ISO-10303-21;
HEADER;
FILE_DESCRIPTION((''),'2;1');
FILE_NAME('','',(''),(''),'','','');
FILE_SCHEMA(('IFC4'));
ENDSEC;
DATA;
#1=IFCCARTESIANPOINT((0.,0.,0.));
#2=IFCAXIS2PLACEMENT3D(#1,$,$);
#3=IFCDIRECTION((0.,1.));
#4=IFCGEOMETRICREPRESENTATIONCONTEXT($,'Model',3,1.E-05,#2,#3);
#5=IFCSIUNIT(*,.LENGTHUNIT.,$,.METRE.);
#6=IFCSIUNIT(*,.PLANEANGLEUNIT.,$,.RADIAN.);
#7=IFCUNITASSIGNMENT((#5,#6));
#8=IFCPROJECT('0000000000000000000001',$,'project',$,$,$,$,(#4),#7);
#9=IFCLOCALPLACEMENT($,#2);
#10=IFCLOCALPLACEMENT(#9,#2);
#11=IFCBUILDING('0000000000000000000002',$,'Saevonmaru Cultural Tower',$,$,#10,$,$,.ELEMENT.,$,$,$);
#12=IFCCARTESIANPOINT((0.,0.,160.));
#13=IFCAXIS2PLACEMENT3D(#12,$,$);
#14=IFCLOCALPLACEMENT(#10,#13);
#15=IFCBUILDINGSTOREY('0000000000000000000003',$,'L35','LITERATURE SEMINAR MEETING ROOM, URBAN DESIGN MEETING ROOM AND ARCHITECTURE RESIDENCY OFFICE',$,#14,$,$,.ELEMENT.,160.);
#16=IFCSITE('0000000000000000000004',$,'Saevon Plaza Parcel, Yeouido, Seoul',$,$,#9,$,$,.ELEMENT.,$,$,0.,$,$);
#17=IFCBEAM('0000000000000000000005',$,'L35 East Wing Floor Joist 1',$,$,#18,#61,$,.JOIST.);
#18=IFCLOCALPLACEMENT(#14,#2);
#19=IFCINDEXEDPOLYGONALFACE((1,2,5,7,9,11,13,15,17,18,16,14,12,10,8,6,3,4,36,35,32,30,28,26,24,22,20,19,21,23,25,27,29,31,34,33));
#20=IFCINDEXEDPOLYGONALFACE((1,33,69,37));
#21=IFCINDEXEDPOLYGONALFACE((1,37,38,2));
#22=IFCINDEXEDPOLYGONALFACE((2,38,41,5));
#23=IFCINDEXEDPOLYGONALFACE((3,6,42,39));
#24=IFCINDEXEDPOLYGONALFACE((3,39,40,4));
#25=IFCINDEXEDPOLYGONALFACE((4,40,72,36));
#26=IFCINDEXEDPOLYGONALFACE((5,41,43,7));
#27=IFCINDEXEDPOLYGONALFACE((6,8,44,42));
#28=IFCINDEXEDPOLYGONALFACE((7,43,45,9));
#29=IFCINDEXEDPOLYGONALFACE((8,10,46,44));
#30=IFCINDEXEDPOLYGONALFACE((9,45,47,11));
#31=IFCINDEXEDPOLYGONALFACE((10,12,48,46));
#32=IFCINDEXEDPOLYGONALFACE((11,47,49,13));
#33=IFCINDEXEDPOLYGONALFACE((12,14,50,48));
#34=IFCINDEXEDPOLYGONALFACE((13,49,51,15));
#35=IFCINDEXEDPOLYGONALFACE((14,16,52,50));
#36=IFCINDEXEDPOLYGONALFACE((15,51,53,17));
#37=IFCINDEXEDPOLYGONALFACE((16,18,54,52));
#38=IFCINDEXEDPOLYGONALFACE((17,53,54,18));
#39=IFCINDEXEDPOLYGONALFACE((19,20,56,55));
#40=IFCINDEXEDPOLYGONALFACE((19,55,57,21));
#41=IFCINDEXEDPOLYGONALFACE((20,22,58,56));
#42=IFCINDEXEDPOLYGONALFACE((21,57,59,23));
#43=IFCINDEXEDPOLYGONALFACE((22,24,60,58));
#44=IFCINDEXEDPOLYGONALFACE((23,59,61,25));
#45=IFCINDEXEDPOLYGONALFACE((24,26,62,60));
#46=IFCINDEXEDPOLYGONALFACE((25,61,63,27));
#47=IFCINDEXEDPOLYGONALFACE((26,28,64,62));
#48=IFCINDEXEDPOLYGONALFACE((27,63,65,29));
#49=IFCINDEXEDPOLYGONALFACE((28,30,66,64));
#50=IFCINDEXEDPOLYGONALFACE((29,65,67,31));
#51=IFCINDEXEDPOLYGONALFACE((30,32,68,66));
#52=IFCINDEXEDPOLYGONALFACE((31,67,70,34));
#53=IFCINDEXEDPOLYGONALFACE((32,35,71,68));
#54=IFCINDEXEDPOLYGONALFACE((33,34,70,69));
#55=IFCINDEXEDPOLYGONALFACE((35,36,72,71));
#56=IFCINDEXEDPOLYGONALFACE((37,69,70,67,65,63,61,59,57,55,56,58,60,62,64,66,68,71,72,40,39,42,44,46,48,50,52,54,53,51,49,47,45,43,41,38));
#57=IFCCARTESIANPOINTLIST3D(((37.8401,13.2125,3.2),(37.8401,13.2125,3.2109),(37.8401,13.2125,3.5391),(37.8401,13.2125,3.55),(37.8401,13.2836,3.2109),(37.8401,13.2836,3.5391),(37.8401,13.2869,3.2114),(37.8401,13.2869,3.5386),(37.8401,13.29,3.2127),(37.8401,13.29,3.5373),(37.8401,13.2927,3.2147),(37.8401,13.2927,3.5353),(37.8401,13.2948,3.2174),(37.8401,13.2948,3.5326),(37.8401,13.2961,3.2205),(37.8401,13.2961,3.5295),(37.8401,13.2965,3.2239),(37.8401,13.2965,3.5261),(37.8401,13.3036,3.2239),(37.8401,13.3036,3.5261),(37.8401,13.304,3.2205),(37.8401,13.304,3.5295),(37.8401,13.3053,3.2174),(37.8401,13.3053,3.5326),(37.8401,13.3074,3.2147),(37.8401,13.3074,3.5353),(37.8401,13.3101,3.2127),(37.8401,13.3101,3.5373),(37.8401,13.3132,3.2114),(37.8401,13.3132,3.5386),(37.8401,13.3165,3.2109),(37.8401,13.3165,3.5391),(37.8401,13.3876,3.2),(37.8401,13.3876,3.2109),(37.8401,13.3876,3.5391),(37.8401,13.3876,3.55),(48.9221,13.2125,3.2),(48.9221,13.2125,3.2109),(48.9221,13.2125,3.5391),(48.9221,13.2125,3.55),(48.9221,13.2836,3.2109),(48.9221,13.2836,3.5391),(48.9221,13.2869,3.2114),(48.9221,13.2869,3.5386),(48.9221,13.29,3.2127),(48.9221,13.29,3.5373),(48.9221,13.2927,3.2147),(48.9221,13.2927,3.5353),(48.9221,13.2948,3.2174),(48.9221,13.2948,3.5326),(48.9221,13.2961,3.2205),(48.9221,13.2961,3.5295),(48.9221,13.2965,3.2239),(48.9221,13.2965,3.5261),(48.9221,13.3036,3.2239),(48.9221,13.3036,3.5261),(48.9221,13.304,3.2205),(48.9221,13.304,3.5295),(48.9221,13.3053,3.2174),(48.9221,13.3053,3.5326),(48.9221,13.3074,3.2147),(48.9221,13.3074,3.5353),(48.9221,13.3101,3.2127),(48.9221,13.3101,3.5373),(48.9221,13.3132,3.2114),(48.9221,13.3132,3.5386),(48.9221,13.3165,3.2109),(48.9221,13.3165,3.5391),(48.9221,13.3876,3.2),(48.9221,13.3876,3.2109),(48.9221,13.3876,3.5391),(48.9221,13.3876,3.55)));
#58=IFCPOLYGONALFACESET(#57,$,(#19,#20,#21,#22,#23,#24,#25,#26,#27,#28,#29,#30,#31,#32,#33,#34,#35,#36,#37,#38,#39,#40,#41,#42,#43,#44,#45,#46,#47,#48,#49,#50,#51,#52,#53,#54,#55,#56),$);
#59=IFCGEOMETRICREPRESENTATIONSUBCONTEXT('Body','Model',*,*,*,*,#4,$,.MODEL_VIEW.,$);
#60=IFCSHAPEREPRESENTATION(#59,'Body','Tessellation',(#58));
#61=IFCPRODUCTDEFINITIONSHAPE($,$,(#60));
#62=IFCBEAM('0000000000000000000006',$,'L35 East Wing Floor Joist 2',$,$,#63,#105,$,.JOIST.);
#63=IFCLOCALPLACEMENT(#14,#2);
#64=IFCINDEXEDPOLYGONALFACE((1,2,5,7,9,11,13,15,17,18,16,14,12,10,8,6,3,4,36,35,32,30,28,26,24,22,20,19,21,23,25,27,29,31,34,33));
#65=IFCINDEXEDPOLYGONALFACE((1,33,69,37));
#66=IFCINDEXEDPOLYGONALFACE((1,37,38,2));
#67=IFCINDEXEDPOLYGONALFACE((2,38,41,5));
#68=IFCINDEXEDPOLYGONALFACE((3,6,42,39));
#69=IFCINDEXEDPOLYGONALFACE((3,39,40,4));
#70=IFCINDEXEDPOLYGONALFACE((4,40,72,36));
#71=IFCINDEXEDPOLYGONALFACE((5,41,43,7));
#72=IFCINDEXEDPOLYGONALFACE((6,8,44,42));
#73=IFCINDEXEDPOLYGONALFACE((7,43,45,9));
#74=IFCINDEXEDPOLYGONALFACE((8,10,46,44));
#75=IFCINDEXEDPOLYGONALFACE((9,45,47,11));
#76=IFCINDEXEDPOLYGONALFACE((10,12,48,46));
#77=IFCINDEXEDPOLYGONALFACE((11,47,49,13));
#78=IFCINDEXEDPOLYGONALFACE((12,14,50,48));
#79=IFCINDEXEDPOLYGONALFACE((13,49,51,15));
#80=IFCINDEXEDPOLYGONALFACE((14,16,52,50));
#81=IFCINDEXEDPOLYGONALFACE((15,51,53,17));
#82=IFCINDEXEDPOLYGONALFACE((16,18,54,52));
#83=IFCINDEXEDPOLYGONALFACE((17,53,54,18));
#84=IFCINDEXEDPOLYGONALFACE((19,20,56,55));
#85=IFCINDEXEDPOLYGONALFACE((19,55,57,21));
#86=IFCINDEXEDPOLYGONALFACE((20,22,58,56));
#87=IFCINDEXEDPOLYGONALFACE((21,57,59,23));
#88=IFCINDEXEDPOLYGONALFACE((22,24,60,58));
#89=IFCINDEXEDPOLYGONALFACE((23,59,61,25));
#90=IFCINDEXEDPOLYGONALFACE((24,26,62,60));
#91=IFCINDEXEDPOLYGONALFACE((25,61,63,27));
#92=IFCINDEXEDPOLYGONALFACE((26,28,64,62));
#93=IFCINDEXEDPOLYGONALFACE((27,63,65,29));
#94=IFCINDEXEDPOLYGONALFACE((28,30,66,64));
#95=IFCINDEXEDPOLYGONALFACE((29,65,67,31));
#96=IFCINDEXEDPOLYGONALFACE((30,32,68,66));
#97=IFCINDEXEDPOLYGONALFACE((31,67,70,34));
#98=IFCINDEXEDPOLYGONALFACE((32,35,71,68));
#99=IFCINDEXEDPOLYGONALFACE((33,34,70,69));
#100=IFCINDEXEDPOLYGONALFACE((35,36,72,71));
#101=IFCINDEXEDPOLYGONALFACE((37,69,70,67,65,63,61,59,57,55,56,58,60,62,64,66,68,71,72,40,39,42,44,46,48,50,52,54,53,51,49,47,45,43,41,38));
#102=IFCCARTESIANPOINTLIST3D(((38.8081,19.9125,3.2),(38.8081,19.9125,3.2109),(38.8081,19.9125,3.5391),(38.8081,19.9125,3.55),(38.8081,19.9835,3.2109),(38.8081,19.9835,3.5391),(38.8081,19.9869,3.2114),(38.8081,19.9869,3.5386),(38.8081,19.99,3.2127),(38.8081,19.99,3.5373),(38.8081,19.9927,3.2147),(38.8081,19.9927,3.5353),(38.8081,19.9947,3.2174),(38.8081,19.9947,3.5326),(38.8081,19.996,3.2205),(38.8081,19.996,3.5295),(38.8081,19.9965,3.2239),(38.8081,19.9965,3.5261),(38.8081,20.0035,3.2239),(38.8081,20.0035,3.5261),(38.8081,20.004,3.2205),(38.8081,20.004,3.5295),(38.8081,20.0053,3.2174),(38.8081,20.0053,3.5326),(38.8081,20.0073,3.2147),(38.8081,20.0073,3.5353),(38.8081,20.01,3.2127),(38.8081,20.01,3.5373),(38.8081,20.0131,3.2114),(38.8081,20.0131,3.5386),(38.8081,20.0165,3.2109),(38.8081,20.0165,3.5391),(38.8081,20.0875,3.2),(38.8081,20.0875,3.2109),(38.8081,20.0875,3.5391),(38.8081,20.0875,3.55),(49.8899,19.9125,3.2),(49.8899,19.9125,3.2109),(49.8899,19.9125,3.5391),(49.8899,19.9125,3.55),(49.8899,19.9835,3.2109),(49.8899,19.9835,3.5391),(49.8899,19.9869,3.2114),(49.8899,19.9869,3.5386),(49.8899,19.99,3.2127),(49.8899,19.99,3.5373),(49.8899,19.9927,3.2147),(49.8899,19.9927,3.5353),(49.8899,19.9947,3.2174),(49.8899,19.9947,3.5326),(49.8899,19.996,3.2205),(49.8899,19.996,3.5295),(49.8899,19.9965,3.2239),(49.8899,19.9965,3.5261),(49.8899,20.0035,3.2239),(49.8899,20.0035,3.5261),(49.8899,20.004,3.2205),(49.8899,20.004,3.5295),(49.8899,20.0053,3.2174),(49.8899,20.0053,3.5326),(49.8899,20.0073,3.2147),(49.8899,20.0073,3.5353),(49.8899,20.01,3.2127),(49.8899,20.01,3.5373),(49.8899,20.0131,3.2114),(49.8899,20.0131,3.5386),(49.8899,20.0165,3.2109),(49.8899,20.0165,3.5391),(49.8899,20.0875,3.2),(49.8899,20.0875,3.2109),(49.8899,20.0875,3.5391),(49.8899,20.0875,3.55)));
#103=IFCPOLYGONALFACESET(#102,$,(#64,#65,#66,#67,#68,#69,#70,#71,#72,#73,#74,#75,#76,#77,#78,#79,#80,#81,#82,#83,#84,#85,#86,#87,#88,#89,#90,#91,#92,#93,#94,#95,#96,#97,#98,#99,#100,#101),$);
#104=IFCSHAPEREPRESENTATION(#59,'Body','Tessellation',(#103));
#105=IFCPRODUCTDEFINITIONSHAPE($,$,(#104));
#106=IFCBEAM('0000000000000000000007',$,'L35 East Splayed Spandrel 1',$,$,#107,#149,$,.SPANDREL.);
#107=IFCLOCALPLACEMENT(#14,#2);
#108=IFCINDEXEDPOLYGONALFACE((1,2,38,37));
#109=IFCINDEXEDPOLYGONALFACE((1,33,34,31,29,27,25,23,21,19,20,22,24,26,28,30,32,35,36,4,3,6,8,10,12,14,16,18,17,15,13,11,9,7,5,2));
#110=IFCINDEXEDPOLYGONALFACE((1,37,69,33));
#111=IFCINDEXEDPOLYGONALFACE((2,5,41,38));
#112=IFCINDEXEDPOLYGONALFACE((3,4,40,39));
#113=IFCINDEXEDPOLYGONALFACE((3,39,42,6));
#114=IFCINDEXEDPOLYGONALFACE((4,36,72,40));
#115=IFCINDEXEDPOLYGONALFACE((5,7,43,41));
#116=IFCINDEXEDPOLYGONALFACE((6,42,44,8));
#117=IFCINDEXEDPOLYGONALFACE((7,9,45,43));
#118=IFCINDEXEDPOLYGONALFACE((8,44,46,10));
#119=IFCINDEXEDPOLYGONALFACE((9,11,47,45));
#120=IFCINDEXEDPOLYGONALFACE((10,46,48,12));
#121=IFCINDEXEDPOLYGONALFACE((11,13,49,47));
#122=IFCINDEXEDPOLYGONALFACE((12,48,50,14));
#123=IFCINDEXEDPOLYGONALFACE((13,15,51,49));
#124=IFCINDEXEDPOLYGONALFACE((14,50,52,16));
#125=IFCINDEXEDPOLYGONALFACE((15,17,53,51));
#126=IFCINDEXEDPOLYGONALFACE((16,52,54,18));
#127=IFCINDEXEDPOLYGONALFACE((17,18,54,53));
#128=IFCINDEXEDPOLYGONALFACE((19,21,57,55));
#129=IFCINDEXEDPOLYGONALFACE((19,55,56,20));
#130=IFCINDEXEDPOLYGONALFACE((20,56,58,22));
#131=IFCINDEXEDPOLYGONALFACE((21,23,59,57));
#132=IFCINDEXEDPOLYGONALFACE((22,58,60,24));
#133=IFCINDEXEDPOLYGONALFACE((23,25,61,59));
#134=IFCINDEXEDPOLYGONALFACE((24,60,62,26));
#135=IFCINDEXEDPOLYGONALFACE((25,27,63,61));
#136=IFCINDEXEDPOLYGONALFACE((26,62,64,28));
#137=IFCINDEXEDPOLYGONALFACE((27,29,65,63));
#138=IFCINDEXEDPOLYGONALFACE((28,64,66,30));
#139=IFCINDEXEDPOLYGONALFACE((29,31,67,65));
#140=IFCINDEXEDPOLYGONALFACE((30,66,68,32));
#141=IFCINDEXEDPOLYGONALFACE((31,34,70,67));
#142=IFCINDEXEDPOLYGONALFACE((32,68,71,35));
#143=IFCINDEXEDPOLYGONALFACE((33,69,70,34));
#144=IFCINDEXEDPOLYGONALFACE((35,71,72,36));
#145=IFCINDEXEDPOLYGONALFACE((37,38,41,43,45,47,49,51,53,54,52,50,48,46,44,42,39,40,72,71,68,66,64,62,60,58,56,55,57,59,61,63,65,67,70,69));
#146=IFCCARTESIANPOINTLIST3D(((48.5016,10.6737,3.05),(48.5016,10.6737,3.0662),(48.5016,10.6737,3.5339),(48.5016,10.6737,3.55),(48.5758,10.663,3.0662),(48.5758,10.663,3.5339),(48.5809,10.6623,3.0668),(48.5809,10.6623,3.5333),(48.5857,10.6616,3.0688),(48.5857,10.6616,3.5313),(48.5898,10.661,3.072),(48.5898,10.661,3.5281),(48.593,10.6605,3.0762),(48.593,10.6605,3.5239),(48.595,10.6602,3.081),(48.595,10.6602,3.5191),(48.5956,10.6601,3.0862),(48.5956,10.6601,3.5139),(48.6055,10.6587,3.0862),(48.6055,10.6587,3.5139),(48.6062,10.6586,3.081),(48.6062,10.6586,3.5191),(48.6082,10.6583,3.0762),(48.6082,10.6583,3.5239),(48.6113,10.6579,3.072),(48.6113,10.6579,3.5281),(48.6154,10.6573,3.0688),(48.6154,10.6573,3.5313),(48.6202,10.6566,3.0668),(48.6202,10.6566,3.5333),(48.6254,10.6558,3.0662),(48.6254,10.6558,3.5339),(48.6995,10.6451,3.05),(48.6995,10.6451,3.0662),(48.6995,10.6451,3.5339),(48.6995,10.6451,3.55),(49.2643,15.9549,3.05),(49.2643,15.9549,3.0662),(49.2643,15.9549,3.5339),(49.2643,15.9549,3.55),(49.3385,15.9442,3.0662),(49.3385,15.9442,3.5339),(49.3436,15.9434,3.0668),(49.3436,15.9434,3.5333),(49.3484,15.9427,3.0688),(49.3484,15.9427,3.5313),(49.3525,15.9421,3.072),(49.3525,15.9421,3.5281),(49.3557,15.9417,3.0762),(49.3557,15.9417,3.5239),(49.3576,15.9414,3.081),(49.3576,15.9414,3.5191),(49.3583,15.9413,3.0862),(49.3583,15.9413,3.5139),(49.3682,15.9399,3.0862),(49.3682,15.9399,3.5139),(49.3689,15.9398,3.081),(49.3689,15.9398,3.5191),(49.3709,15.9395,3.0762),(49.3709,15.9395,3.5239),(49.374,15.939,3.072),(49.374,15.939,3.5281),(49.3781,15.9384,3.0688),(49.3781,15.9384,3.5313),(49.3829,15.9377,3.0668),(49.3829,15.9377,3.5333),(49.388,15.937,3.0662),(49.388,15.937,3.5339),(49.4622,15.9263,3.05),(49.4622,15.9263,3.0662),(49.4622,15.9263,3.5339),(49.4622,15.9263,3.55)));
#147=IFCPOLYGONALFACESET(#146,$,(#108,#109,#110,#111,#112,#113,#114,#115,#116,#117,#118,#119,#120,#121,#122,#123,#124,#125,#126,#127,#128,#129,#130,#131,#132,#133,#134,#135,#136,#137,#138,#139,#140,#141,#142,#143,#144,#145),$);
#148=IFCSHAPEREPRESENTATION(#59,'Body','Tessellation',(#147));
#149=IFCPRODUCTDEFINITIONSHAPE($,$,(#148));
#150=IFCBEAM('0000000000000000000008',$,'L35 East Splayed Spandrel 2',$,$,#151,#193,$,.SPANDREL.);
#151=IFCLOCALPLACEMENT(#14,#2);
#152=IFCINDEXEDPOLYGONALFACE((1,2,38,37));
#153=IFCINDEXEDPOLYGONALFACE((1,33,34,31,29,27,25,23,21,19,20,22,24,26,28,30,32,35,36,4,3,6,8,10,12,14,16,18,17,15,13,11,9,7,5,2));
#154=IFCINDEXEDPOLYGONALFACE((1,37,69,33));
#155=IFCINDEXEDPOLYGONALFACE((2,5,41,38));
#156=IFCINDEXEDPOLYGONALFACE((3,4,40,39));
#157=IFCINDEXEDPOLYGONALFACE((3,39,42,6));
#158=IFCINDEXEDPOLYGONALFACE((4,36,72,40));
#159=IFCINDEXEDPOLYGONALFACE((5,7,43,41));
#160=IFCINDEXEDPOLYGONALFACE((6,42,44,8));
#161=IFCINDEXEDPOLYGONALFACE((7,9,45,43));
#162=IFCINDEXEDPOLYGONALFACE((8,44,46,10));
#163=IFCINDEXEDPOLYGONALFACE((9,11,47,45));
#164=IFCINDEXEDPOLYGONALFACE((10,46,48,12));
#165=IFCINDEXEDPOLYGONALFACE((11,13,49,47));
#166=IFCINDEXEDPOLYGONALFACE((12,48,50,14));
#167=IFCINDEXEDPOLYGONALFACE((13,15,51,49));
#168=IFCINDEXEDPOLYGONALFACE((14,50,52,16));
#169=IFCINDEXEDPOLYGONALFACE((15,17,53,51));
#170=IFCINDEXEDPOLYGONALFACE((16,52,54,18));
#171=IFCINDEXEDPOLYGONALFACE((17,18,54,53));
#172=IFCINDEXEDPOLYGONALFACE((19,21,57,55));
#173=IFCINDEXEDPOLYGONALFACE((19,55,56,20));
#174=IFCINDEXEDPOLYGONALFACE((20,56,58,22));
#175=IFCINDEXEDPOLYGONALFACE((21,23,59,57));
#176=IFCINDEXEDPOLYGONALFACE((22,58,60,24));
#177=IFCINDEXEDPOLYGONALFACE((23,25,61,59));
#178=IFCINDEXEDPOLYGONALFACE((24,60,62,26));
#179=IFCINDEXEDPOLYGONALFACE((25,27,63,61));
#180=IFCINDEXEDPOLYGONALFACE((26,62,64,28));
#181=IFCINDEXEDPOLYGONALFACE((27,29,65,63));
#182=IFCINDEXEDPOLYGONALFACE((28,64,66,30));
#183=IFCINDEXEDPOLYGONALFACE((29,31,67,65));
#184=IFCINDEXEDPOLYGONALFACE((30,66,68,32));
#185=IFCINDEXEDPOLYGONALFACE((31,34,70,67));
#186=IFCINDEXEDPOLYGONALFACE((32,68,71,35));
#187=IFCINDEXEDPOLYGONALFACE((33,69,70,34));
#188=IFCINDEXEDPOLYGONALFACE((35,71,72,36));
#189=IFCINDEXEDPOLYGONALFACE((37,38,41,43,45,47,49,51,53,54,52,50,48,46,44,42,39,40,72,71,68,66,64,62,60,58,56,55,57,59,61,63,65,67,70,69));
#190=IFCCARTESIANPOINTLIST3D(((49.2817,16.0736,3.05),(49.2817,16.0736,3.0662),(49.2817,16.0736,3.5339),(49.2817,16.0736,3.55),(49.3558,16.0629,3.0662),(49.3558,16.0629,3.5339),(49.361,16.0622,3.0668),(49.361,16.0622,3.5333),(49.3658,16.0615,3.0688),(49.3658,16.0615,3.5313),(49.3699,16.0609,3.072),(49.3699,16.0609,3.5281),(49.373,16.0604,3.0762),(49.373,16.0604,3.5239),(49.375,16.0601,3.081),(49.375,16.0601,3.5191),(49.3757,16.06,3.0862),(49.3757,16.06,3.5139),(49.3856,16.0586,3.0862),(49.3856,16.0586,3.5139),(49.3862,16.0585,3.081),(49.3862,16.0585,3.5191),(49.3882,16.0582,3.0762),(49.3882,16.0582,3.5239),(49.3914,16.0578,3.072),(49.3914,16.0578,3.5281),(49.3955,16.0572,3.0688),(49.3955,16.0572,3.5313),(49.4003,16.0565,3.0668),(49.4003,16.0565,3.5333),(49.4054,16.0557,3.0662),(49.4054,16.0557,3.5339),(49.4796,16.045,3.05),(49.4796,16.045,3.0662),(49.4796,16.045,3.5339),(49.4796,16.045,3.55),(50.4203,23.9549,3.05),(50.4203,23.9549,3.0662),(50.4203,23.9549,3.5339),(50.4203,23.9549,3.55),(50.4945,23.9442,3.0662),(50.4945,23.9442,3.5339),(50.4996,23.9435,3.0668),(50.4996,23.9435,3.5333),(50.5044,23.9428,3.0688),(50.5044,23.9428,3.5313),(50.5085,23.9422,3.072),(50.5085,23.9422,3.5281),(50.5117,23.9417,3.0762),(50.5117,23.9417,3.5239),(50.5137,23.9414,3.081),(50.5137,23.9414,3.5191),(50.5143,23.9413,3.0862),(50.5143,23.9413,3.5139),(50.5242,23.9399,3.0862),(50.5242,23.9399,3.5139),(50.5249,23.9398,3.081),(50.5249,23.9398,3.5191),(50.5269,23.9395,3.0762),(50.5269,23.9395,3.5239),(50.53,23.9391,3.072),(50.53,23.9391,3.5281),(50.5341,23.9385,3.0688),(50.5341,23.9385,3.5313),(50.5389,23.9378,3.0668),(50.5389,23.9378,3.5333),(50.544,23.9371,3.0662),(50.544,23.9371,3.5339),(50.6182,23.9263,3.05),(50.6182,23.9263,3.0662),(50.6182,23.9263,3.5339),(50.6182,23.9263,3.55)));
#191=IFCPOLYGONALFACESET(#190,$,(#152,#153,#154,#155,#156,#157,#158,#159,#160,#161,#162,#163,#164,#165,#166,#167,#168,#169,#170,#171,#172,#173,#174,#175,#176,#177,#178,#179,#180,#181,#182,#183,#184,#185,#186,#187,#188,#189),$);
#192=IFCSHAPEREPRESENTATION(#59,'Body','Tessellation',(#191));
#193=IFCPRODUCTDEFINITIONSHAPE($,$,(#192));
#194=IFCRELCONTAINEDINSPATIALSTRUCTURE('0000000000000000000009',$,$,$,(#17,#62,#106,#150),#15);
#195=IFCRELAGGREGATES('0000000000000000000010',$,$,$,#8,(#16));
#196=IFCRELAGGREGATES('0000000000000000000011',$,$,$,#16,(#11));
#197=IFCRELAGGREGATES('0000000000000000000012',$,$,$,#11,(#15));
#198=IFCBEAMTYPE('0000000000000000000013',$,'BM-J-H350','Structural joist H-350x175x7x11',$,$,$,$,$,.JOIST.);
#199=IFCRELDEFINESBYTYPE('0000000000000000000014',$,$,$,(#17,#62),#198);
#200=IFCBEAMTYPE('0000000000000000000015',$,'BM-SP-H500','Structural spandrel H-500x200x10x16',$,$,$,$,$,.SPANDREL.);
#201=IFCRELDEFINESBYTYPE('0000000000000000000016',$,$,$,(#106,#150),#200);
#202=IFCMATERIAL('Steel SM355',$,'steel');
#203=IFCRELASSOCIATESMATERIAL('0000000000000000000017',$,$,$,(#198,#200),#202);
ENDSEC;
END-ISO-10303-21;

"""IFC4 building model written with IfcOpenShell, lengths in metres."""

from ifc_helpers import new_model, si_unit, direction, frame, origin, origin_2d, place, context, subcontext, project, spatial, i_section, extrude, material, material_profile, profile_set, type_object, element, save


model = new_model("IFC4")

# Units and contexts
model_context = context("Model", 3, precision=1e-05, world=origin(), true_north=direction((0.0, 1.0)))
body_context = subcontext(model_context, "Body", "Model", "MODEL_VIEW")
ifc_project = project(units=[si_unit("LENGTHUNIT", "METRE"), si_unit("PLANEANGLEUNIT", "RADIAN")], contexts=[model_context])

# Site, building, storey
site_placement = place(None, origin())
site = spatial("IfcSite", under=ifc_project, at=site_placement, Name="Saevon Plaza Parcel, Yeouido, Seoul", CompositionType="ELEMENT", RefElevation=0.0)
building_placement = place(site_placement, origin())
building = spatial("IfcBuilding", under=site, at=building_placement, Name="Saevonmaru Cultural Tower", CompositionType="ELEMENT")
storey_placement = place(building_placement, frame((0.0, 0.0, 160.0)))
storey = spatial("IfcBuildingStorey", under=building, at=storey_placement, Name="L35", Description="LITERATURE SEMINAR MEETING ROOM, URBAN DESIGN MEETING ROOM AND ARCHITECTURE RESIDENCY OFFICE", CompositionType="ELEMENT", Elevation=160.0)

# Shared definitions
ifc_material_1 = material(Name="Steel SM355", Category="steel")

# Beams
ifc_material_profile_1 = material_profile(ifc_material_1, i_section(OverallWidth=0.175, OverallDepth=0.3501, WebThickness=0.0071, FlangeThickness=0.011, FilletRadius=0.0129, at=origin_2d()), Name="H-350x175x7x11")
ifc_profile_set_1 = profile_set([ifc_material_profile_1], Name="Steel SM355")
beam_type_1 = type_object("IfcBeamType", Name="BM-J-H350", Description="Structural joist H-350x175x7x11", PredefinedType="JOIST", material=ifc_profile_set_1)
beam_1_placement = place(storey_placement, frame((37.8401, 13.3, 3.375), z_axis=(1.0, 0.0, 0.0), x_axis=(0.0, 1.0, 0.0)))
element("IfcBeam", 1, at=beam_1_placement, inside=storey, type_object=beam_type_1, Name="L35 East Wing Floor Joist 1", PredefinedType="JOIST", context=body_context, shape_type="SweptSolid", body=[
    extrude(i_section(OverallWidth=0.175, OverallDepth=0.3501, WebThickness=0.0071, FlangeThickness=0.011, FilletRadius=0.0129, at=origin_2d()), origin(), (0.0, 0.0, 1.0), 11.082),
])
beam_2_placement = place(storey_placement, frame((38.8081, 20.0, 3.375), z_axis=(1.0, 0.0, 0.0), x_axis=(0.0, 1.0, 0.0)))
element("IfcBeam", 2, at=beam_2_placement, inside=storey, type_object=beam_type_1, Name="L35 East Wing Floor Joist 2", PredefinedType="JOIST", context=body_context, shape_type="SweptSolid", body=[
    extrude(i_section(OverallWidth=0.175, OverallDepth=0.3501, WebThickness=0.0071, FlangeThickness=0.011, FilletRadius=0.0129, at=origin_2d()), origin(), (0.0, 0.0, 1.0), 11.0818),
])
ifc_material_profile_2 = material_profile(ifc_material_1, i_section(OverallWidth=0.2, OverallDepth=0.5, WebThickness=0.01, FlangeThickness=0.0161, FilletRadius=0.02, at=origin_2d()), Name="H-500x200x10x16")
ifc_profile_set_2 = profile_set([ifc_material_profile_2], Name="Steel SM355")
beam_type_2 = type_object("IfcBeamType", Name="BM-SP-H500", Description="Structural spandrel H-500x200x10x16", PredefinedType="SPANDREL", material=ifc_profile_set_2)
beam_3_placement = place(storey_placement, frame((48.6006, 10.6594, 3.3), z_axis=(0.142933, 0.989732, 0.0), x_axis=(-0.989732, 0.142933, 0.0)))
element("IfcBeam", 3, at=beam_3_placement, inside=storey, type_object=beam_type_2, Name="L35 East Splayed Spandrel 1", PredefinedType="SPANDREL", context=body_context, shape_type="SweptSolid", body=[
    extrude(i_section(OverallWidth=0.2, OverallDepth=0.5, WebThickness=0.01, FlangeThickness=0.0161, FilletRadius=0.02, at=origin_2d()), origin(), (0.0, 0.0, 1.0), 5.3359),
])
beam_4_placement = place(storey_placement, frame((49.3806, 16.0593, 3.3), z_axis=(0.142992, 0.989724, 0.0), x_axis=(-0.989724, 0.142992, 0.0)))
element("IfcBeam", 4, at=beam_4_placement, inside=storey, type_object=beam_type_2, Name="L35 East Splayed Spandrel 2", PredefinedType="SPANDREL", context=body_context, shape_type="SweptSolid", body=[
    extrude(i_section(OverallWidth=0.2, OverallDepth=0.5, WebThickness=0.01, FlangeThickness=0.0161, FilletRadius=0.02, at=origin_2d()), origin(), (0.0, 0.0, 1.0), 7.9631),
])

save(model, "model.ifc")
